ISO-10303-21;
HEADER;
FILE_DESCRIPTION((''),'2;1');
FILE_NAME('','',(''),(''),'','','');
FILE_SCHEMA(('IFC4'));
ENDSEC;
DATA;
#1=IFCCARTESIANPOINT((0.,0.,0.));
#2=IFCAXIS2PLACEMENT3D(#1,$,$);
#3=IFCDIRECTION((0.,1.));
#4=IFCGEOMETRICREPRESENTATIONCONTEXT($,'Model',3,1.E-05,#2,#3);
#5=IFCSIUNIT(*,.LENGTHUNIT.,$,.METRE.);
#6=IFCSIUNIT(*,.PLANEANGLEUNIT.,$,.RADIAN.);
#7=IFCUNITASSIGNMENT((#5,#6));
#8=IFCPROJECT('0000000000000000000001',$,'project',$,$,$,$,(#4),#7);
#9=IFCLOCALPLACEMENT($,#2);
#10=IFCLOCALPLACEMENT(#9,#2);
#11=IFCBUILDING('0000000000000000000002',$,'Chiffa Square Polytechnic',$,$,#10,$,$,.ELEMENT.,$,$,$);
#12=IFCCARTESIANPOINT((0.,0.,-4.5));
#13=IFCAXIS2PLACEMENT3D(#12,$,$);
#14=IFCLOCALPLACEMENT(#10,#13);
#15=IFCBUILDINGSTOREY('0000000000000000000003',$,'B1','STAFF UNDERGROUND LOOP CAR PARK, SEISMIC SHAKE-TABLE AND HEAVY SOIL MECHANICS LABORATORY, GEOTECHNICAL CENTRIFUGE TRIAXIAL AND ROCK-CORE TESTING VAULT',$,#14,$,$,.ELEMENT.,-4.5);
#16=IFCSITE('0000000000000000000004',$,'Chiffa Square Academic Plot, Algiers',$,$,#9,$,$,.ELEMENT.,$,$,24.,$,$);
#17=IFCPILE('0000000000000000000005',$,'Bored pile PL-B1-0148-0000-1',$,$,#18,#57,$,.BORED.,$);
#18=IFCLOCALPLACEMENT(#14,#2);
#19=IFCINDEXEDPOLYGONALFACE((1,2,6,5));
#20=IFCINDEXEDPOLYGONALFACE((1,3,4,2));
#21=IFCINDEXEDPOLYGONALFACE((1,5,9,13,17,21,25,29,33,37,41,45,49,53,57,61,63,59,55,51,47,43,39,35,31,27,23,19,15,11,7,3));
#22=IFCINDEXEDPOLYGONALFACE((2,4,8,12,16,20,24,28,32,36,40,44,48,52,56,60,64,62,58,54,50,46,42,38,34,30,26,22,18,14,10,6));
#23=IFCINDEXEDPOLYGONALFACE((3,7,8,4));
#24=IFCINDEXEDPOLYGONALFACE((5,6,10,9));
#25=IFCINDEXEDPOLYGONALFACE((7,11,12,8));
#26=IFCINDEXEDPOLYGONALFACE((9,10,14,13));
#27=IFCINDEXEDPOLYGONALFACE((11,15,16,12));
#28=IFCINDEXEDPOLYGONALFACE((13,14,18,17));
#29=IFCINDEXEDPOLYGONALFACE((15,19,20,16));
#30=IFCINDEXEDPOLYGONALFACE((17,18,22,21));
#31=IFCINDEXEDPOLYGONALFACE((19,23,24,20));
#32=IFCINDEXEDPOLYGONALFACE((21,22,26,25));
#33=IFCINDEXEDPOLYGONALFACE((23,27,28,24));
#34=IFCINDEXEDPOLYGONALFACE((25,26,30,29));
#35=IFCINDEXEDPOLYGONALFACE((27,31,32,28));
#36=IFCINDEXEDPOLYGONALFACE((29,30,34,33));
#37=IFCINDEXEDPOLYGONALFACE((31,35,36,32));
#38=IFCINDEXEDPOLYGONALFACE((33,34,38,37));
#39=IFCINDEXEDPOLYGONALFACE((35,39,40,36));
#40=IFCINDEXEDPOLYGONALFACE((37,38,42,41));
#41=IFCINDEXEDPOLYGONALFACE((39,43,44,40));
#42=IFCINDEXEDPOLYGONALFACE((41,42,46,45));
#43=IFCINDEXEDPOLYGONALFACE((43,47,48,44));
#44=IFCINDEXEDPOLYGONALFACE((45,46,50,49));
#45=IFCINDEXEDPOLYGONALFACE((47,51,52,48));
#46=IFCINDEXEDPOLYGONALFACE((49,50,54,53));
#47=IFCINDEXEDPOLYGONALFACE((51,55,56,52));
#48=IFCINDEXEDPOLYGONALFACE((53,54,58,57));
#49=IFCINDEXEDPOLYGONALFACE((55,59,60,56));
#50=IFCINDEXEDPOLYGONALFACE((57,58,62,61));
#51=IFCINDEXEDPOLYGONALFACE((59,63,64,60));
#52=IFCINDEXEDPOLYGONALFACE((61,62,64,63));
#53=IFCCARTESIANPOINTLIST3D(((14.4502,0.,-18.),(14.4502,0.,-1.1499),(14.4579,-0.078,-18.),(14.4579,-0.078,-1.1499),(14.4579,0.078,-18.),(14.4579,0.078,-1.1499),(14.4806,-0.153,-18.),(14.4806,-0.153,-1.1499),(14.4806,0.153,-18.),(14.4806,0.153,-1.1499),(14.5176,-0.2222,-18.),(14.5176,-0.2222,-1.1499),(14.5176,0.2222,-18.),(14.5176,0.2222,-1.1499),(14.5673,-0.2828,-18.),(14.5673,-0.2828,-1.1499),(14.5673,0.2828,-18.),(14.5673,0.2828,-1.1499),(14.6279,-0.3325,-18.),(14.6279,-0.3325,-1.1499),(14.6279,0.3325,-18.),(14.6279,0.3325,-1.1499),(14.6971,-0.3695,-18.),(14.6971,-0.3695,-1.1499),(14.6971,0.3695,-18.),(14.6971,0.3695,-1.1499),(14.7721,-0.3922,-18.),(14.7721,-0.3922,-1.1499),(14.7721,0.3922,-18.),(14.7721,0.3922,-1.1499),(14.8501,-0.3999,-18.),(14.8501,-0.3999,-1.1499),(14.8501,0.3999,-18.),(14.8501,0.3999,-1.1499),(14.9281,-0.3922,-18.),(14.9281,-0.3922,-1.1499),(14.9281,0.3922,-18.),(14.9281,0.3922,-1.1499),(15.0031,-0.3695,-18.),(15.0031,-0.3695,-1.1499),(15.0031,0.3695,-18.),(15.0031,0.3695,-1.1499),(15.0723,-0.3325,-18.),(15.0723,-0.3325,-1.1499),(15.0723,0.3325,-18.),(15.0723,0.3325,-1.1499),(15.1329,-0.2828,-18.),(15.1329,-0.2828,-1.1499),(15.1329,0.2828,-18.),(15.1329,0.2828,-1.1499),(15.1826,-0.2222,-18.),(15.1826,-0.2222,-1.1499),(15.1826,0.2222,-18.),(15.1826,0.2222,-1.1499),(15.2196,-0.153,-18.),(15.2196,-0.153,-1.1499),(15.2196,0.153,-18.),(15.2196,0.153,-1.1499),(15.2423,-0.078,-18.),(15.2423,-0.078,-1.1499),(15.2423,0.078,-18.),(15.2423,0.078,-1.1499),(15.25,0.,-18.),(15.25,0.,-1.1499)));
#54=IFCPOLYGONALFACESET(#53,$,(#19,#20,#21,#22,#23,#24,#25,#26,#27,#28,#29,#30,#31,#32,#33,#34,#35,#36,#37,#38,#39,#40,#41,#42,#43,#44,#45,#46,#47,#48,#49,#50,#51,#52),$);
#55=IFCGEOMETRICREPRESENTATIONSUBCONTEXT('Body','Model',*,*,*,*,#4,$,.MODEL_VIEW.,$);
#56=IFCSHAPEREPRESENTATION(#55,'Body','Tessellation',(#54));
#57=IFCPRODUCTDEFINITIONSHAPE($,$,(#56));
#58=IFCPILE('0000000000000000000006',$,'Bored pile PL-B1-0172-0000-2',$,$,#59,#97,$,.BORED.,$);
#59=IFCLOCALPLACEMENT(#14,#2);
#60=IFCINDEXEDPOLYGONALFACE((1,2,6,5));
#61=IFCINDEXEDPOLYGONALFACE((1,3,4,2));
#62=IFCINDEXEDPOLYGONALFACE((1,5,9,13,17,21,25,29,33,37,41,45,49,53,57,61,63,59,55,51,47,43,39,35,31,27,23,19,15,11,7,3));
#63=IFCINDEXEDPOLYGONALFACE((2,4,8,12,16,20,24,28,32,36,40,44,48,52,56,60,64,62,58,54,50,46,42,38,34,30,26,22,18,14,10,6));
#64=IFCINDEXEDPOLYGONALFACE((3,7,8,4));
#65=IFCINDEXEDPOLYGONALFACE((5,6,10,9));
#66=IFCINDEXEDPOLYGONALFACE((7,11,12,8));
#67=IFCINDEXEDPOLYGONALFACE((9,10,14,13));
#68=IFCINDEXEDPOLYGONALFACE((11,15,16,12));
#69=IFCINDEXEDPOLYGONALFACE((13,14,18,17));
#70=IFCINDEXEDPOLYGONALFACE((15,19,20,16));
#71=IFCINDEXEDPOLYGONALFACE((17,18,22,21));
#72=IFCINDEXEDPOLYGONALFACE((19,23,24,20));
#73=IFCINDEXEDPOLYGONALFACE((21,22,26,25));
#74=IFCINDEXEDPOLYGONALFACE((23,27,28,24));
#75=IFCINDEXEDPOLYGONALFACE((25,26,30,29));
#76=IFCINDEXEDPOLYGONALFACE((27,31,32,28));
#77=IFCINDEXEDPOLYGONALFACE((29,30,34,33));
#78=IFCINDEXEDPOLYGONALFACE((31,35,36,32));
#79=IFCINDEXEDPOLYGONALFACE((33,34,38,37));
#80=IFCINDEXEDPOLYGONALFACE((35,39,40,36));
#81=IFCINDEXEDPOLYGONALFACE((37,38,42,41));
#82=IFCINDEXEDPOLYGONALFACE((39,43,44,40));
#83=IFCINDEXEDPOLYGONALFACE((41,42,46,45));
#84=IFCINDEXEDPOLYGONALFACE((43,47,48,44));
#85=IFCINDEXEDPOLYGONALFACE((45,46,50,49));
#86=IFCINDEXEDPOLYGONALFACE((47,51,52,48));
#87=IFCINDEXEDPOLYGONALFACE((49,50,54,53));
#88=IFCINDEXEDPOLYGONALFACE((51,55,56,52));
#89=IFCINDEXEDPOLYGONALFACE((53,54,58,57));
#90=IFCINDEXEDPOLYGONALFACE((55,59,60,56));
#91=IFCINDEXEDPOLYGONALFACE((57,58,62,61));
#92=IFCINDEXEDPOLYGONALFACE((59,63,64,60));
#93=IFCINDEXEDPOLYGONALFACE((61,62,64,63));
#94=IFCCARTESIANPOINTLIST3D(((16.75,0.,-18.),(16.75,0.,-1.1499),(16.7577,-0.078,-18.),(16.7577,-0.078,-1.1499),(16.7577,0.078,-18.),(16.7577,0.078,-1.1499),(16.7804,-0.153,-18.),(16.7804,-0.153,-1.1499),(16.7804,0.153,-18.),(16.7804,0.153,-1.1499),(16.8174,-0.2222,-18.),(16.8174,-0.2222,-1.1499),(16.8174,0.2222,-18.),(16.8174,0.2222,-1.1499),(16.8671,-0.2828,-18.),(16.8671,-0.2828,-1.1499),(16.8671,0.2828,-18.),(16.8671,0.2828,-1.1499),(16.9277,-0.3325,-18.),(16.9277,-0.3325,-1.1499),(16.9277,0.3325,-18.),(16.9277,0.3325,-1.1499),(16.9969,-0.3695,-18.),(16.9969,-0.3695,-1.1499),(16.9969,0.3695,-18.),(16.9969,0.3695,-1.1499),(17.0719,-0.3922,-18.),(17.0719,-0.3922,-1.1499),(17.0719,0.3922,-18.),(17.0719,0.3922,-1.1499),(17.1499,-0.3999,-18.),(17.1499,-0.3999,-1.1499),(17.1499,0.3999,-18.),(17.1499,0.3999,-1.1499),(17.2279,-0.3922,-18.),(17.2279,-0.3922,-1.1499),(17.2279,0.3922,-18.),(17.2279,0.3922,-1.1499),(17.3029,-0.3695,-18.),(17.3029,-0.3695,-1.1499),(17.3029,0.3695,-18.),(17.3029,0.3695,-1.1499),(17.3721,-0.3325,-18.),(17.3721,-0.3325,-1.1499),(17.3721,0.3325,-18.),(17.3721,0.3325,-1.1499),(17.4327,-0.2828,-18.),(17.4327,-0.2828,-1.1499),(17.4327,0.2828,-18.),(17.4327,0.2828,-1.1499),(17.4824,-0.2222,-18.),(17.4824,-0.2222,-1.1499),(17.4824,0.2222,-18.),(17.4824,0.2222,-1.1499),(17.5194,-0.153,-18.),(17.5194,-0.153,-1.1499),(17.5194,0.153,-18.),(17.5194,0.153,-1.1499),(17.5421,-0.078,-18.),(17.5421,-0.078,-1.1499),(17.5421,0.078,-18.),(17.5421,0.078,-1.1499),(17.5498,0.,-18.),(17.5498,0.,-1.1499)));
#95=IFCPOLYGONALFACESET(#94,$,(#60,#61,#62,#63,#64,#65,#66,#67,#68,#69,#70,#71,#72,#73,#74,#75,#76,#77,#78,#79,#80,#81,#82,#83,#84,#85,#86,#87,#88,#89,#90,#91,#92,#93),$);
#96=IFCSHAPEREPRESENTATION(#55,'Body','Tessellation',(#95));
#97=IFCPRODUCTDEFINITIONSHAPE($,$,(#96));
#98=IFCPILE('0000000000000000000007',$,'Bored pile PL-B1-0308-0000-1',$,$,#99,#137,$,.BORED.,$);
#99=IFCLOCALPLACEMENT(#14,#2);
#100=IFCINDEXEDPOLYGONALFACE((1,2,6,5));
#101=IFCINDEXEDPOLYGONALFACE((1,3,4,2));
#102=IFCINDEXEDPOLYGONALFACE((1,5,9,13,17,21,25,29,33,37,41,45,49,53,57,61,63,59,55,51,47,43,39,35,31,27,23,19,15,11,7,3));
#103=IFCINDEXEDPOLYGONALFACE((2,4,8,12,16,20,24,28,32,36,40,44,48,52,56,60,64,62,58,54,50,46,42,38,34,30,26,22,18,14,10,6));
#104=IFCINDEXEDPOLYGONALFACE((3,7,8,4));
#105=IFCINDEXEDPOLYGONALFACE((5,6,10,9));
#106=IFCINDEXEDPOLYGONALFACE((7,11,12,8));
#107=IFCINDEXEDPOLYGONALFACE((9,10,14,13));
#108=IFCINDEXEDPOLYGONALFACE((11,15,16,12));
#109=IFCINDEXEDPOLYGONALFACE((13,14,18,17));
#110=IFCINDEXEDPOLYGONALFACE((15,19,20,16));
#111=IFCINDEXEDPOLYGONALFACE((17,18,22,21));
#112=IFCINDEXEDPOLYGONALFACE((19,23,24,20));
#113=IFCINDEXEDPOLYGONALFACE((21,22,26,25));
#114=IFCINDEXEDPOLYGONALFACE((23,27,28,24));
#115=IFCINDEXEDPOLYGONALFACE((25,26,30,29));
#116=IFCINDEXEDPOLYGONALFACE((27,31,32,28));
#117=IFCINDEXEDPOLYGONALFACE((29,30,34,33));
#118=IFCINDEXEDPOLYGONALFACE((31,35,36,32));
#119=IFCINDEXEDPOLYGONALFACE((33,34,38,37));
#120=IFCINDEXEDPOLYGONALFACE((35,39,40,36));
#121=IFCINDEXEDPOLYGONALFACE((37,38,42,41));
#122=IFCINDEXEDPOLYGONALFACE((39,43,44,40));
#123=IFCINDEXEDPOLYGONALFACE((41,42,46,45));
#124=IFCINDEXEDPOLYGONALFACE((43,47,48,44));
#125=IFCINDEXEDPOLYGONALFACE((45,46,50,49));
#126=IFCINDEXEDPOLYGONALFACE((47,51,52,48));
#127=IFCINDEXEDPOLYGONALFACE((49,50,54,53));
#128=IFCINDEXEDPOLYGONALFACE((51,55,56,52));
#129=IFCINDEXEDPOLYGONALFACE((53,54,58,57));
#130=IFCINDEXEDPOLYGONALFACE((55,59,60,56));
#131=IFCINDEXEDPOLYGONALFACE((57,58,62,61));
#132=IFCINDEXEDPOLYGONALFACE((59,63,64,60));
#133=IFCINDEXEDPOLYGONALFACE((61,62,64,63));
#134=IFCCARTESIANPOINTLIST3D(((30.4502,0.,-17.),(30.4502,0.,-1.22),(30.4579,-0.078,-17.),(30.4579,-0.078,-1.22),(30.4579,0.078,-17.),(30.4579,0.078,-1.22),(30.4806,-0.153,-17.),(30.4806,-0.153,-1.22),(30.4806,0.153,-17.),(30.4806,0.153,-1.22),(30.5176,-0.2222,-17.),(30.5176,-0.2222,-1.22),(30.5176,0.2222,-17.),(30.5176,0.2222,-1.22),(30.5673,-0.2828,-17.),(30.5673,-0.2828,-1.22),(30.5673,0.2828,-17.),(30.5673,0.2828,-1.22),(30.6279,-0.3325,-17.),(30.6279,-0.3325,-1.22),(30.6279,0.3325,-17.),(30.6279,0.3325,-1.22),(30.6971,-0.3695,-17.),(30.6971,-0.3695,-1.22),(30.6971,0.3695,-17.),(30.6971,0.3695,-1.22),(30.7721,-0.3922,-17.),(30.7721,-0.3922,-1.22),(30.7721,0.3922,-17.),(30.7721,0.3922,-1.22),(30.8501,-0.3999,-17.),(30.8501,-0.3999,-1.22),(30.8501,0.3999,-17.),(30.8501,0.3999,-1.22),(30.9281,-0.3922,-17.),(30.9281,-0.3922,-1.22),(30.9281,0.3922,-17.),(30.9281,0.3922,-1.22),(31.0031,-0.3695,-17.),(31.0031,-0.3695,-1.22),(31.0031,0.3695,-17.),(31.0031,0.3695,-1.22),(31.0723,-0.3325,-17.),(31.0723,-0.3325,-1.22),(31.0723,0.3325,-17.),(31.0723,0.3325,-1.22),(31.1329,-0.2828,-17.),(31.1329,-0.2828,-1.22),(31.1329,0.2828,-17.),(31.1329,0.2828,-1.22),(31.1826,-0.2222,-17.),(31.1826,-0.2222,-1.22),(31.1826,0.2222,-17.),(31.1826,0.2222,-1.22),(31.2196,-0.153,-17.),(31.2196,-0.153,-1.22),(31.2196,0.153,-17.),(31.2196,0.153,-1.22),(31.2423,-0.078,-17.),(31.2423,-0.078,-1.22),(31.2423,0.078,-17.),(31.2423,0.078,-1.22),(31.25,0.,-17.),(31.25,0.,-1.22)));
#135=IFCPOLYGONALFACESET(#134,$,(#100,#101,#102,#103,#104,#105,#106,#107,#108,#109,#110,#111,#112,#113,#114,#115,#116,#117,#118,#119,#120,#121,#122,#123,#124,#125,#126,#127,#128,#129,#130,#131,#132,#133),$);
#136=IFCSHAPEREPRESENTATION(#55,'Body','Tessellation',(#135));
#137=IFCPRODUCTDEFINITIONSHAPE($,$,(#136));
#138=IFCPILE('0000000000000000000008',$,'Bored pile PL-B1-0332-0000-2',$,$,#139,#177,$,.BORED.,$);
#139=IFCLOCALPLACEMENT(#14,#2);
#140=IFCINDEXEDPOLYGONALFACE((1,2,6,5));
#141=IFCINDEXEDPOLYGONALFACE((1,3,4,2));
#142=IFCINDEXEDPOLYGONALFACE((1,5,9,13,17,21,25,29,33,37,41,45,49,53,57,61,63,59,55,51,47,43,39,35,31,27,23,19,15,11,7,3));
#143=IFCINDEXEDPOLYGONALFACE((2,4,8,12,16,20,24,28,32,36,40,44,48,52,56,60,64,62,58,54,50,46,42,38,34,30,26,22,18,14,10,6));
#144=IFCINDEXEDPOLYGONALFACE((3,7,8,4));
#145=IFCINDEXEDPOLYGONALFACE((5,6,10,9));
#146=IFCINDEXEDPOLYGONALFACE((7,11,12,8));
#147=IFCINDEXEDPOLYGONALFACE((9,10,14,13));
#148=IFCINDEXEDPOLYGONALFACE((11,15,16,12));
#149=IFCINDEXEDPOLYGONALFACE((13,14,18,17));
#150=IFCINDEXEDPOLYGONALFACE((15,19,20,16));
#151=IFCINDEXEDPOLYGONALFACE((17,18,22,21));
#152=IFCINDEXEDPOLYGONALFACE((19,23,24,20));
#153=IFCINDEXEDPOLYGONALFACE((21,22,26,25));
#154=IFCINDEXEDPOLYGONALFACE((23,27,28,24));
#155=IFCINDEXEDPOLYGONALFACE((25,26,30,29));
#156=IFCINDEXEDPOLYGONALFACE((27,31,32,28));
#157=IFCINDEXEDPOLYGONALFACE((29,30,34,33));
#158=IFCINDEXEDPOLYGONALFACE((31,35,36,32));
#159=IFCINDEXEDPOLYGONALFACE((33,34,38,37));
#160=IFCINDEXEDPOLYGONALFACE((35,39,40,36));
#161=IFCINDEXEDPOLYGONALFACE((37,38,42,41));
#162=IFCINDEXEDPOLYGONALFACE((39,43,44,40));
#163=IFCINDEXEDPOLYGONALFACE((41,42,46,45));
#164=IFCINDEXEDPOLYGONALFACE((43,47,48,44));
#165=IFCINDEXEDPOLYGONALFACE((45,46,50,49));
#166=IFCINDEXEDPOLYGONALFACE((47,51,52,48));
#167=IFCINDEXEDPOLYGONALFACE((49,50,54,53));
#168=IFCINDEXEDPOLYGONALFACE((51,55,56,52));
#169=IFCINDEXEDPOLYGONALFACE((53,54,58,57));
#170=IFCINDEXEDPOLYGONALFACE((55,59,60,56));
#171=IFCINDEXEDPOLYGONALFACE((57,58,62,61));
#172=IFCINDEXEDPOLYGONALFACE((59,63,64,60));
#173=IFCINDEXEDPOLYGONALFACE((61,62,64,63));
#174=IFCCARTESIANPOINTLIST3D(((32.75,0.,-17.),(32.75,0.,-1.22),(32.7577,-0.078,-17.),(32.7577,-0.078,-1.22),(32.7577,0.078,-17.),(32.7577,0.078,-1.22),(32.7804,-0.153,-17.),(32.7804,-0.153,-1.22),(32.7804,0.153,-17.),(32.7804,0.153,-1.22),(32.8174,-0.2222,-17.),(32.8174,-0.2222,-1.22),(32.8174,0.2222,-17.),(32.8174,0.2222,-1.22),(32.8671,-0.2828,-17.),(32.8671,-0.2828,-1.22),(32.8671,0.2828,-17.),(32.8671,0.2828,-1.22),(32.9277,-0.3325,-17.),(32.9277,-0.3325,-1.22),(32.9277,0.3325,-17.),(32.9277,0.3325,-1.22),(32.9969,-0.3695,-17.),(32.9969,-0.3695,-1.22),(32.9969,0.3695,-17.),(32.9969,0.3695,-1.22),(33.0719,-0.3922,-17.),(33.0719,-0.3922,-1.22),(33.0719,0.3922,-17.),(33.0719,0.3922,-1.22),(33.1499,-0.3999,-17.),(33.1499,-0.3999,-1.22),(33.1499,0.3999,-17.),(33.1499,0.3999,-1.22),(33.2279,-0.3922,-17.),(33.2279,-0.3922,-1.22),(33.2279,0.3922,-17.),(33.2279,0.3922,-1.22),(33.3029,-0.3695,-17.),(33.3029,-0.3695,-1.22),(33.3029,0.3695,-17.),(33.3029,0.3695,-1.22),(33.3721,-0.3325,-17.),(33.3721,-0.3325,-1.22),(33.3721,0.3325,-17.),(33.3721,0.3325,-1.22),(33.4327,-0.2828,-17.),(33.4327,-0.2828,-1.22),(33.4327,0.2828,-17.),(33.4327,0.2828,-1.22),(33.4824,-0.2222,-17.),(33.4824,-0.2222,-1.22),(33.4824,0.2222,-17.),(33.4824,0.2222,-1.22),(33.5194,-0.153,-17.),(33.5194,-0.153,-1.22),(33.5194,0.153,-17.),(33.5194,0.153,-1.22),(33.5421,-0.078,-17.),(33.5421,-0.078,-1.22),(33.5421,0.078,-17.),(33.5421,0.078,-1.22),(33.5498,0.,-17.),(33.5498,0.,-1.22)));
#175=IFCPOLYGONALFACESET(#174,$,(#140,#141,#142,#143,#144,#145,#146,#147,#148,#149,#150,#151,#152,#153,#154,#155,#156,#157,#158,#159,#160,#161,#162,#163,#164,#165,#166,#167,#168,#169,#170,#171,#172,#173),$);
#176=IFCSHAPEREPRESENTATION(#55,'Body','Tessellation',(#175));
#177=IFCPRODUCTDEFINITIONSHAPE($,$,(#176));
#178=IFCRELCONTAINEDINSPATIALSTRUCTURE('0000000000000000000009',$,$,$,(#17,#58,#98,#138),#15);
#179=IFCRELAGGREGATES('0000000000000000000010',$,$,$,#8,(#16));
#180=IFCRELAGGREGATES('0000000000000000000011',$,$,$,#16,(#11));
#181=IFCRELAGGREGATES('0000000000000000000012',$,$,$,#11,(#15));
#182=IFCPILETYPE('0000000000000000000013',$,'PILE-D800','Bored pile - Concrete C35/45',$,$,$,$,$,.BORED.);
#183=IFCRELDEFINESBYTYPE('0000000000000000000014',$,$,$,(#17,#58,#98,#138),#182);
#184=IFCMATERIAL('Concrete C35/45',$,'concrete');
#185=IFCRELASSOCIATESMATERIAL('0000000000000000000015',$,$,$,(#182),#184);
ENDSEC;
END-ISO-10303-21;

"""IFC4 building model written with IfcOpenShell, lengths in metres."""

from ifc_helpers import new_model, si_unit, direction, frame, origin, origin_2d, place, context, subcontext, project, spatial, circle, extrude, material, material_profile, profile_set, type_object, element, save


model = new_model("IFC4")

# Units and contexts
model_context = context("Model", 3, precision=1e-05, world=origin(), true_north=direction((0.0, 1.0)))
body_context = subcontext(model_context, "Body", "Model", "MODEL_VIEW")
ifc_project = project(units=[si_unit("LENGTHUNIT", "METRE"), si_unit("PLANEANGLEUNIT", "RADIAN")], contexts=[model_context])

# Site, building, storey
site_placement = place(None, origin())
site = spatial("IfcSite", under=ifc_project, at=site_placement, Name="Chiffa Square Academic Plot, Algiers", CompositionType="ELEMENT", RefElevation=24.0)
building_placement = place(site_placement, origin())
building = spatial("IfcBuilding", under=site, at=building_placement, Name="Chiffa Square Polytechnic", CompositionType="ELEMENT")
storey_placement = place(building_placement, frame((0.0, 0.0, -4.5)))
storey = spatial("IfcBuildingStorey", under=building, at=storey_placement, Name="B1", Description="STAFF UNDERGROUND LOOP CAR PARK, SEISMIC SHAKE-TABLE AND HEAVY SOIL MECHANICS LABORATORY, GEOTECHNICAL CENTRIFUGE TRIAXIAL AND ROCK-CORE TESTING VAULT", CompositionType="ELEMENT", Elevation=-4.5)

# Shared definitions
ifc_material = material(Name="Concrete C35/45", Category="concrete")

# Piles
ifc_material_profile_1 = material_profile(ifc_material, circle(Radius=0.3999, at=origin_2d()), Name="PILE D800")
ifc_profile_set_1 = profile_set([ifc_material_profile_1], Name="Concrete C35/45")
pile_type_1 = type_object("IfcPileType", Name="PILE-D800", Description="Bored pile - Concrete C35/45", PredefinedType="BORED", material=ifc_profile_set_1)
for number, where, z_axis, x_axis, name in (
    (1, (14.8501, 0.0, -1.1499), (0.0, 0.0, -1.0), (1.0, 0.0, 0.0), "Bored pile PL-B1-0148-0000-1"),
    (2, (17.1499, 0.0, -1.1499), (0.0, 0.0, -1.0), (1.0, 0.0, 0.0), "Bored pile PL-B1-0172-0000-2"),
):
    element("IfcPile", number, at=place(storey_placement, frame(where, z_axis=z_axis, x_axis=x_axis)), inside=storey, type_object=pile_type_1, Name=name, PredefinedType="BORED", context=body_context, shape_type="SweptSolid", body=[
        extrude(circle(Radius=0.3999, at=origin_2d()), origin(), (0.0, 0.0, 1.0), 16.8501),
    ])
for number, where, z_axis, x_axis, name in (
    (3, (30.8501, 0.0, -1.22), (0.0, 0.0, -1.0), (1.0, 0.0, 0.0), "Bored pile PL-B1-0308-0000-1"),
    (4, (33.1499, 0.0, -1.22), (0.0, 0.0, -1.0), (1.0, 0.0, 0.0), "Bored pile PL-B1-0332-0000-2"),
):
    element("IfcPile", number, at=place(storey_placement, frame(where, z_axis=z_axis, x_axis=x_axis)), inside=storey, type_object=pile_type_1, Name=name, PredefinedType="BORED", context=body_context, shape_type="SweptSolid", body=[
        extrude(circle(Radius=0.3999, at=origin_2d()), origin(), (0.0, 0.0, 1.0), 15.78),
    ])

save(model, "model.ifc")
